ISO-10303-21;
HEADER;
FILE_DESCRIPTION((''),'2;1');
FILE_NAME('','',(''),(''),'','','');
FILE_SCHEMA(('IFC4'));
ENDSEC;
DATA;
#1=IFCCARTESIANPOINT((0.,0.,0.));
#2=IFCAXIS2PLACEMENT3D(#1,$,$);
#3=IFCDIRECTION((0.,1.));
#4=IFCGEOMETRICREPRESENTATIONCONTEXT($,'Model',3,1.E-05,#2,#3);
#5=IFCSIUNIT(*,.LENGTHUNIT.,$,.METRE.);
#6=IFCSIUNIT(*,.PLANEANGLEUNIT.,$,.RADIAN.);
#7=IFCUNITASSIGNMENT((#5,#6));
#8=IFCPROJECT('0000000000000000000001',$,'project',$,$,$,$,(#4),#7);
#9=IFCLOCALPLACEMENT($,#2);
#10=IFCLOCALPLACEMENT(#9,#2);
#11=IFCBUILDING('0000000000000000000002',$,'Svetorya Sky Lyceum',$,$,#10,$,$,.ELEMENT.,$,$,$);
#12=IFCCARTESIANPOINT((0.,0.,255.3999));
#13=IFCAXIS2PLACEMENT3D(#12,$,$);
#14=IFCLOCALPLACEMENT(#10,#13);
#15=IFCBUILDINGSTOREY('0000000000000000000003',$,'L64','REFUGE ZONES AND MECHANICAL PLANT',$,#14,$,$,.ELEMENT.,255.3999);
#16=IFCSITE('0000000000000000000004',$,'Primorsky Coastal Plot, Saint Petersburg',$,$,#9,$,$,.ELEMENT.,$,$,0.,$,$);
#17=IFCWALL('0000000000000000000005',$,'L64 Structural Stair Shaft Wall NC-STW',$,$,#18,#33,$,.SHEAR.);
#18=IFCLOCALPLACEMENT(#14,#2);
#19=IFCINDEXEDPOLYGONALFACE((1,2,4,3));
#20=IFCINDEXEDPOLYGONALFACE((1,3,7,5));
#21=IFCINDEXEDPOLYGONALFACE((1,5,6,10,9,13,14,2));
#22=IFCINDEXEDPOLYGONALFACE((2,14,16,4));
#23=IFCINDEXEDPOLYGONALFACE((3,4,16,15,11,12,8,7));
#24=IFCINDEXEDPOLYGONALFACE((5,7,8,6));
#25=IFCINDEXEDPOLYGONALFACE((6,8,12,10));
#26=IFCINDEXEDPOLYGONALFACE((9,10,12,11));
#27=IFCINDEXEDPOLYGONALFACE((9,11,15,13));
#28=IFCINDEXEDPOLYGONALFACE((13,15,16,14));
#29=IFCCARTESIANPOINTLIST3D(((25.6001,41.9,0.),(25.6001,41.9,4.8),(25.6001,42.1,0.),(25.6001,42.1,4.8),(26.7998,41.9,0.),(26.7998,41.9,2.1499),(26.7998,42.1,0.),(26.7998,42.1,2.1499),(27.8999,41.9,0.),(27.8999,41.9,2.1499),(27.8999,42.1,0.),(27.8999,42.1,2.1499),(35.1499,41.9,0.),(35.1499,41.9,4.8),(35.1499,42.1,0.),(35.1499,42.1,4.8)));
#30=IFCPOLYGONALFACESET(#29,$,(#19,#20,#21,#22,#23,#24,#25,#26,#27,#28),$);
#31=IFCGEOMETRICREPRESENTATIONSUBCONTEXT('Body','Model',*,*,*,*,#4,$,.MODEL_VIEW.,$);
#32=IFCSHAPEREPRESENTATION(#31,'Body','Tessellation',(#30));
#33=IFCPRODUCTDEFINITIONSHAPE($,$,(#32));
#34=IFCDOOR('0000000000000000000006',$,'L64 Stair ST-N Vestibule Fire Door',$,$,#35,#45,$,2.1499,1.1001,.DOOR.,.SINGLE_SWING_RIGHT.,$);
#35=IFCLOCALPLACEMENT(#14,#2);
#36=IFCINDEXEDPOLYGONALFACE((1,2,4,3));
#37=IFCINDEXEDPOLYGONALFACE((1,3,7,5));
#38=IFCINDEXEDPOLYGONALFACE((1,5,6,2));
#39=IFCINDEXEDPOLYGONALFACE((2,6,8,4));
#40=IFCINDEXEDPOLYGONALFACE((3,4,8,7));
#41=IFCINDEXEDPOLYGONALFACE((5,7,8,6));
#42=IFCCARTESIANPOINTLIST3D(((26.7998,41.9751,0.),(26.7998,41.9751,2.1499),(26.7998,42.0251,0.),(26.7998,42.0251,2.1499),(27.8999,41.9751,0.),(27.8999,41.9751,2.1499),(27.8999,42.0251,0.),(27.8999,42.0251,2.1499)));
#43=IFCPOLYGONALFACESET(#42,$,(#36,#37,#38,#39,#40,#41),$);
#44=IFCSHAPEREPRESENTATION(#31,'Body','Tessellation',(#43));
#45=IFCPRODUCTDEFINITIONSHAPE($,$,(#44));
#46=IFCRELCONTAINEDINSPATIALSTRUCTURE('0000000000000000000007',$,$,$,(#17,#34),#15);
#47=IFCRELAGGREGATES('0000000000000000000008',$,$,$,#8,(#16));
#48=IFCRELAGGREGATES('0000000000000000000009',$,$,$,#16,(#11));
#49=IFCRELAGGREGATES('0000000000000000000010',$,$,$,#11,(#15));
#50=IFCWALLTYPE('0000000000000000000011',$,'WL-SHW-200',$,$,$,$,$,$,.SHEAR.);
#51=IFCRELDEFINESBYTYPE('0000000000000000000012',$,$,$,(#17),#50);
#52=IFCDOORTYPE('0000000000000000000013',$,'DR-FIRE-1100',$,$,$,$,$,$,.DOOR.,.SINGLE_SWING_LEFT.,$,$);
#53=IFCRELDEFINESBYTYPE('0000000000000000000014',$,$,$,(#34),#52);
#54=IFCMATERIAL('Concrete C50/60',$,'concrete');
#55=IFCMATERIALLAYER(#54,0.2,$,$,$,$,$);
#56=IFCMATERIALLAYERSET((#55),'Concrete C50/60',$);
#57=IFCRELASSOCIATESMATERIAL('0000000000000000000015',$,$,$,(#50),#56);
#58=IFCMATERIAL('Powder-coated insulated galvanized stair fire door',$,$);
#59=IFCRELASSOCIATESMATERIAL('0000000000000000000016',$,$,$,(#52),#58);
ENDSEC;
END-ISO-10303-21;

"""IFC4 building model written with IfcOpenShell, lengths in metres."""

from ifc_helpers import new_model, si_unit, direction, frame, frame_2d, origin, place, context, subcontext, project, spatial, rectangle, extrude, material, layer, layer_set, type_object, element, fill, save


model = new_model("IFC4")

# Units and contexts
model_context = context("Model", 3, precision=1e-05, world=origin(), true_north=direction((0.0, 1.0)))
body_context = subcontext(model_context, "Body", "Model", "MODEL_VIEW")
ifc_project = project(units=[si_unit("LENGTHUNIT", "METRE"), si_unit("PLANEANGLEUNIT", "RADIAN")], contexts=[model_context])

# Site, building, storey
site_placement = place(None, origin())
site = spatial("IfcSite", under=ifc_project, at=site_placement, Name="Primorsky Coastal Plot, Saint Petersburg", CompositionType="ELEMENT", RefElevation=0.0)
building_placement = place(site_placement, origin())
building = spatial("IfcBuilding", under=site, at=building_placement, Name="Svetorya Sky Lyceum", CompositionType="ELEMENT")
storey_placement = place(building_placement, frame((0.0, 0.0, 255.3999)))
storey = spatial("IfcBuildingStorey", under=building, at=storey_placement, Name="L64", Description="REFUGE ZONES AND MECHANICAL PLANT", CompositionType="ELEMENT", Elevation=255.3999)

# Wall, opening, door
ifc_material_1 = material(Name="Concrete C50/60", Category="concrete")
ifc_layer_1 = layer(ifc_material_1, 0.2)
ifc_layer_set_1 = layer_set([ifc_layer_1], Name="Concrete C50/60")
wall_type_1 = type_object("IfcWallType", Name="WL-SHW-200", PredefinedType="SHEAR", material=ifc_layer_set_1)
wall_1_placement = place(storey_placement, frame((35.1499, 42.0, 0.0), z_axis=(0.0, 0.0, 1.0), x_axis=(-1.0, 0.0, 0.0)))
wall_1 = element("IfcWall", 1, at=wall_1_placement, inside=storey, type_object=wall_type_1, Name="L64 Structural Stair Shaft Wall NC-STW", PredefinedType="SHEAR", context=body_context, shape_type="SweptSolid", body=[
    extrude(rectangle(XDim=9.5498, YDim=0.2, at=frame_2d((4.7749, 0.0))), origin(), (0.0, 0.0, 1.0), 4.8),
])
opening_1_placement = place(wall_1_placement, frame((7.25, 0.0, 0.0)))
opening_1 = element("IfcOpeningElement", 2, at=opening_1_placement, cuts=wall_1, PredefinedType="OPENING", context=body_context, shape_type="SweptSolid", body=[
    extrude(rectangle(XDim=1.1001, YDim=2.1499, at=frame_2d((0.55, 1.075))), frame((0.0, 0.1099, 0.0), z_axis=(0.0, -1.0, 0.0), x_axis=(1.0, 0.0, 0.0)), (0.0, 0.0, 1.0), 0.22),
])
ifc_material_2 = material(Name="Powder-coated insulated galvanized stair fire door")
door_type_1 = type_object("IfcDoorType", Name="DR-FIRE-1100", OperationType="SINGLE_SWING_LEFT", PredefinedType="DOOR", material=ifc_material_2)
door_1_placement = place(opening_1_placement, origin())
door_1 = element("IfcDoor", 3, at=door_1_placement, inside=storey, type_object=door_type_1, Name="L64 Stair ST-N Vestibule Fire Door", OperationType="SINGLE_SWING_RIGHT", OverallHeight=2.1499, OverallWidth=1.1001, PredefinedType="DOOR", context=body_context, shape_type="SweptSolid", body=[
    extrude(rectangle(XDim=1.1001, YDim=2.1499, at=frame_2d((0.55, 1.075))), frame((0.0, 0.0249, 0.0), z_axis=(0.0, -1.0, 0.0), x_axis=(1.0, 0.0, 0.0)), (0.0, 0.0, 1.0), 0.05),
])
fill(opening_1, door_1)

save(model, "model.ifc")
